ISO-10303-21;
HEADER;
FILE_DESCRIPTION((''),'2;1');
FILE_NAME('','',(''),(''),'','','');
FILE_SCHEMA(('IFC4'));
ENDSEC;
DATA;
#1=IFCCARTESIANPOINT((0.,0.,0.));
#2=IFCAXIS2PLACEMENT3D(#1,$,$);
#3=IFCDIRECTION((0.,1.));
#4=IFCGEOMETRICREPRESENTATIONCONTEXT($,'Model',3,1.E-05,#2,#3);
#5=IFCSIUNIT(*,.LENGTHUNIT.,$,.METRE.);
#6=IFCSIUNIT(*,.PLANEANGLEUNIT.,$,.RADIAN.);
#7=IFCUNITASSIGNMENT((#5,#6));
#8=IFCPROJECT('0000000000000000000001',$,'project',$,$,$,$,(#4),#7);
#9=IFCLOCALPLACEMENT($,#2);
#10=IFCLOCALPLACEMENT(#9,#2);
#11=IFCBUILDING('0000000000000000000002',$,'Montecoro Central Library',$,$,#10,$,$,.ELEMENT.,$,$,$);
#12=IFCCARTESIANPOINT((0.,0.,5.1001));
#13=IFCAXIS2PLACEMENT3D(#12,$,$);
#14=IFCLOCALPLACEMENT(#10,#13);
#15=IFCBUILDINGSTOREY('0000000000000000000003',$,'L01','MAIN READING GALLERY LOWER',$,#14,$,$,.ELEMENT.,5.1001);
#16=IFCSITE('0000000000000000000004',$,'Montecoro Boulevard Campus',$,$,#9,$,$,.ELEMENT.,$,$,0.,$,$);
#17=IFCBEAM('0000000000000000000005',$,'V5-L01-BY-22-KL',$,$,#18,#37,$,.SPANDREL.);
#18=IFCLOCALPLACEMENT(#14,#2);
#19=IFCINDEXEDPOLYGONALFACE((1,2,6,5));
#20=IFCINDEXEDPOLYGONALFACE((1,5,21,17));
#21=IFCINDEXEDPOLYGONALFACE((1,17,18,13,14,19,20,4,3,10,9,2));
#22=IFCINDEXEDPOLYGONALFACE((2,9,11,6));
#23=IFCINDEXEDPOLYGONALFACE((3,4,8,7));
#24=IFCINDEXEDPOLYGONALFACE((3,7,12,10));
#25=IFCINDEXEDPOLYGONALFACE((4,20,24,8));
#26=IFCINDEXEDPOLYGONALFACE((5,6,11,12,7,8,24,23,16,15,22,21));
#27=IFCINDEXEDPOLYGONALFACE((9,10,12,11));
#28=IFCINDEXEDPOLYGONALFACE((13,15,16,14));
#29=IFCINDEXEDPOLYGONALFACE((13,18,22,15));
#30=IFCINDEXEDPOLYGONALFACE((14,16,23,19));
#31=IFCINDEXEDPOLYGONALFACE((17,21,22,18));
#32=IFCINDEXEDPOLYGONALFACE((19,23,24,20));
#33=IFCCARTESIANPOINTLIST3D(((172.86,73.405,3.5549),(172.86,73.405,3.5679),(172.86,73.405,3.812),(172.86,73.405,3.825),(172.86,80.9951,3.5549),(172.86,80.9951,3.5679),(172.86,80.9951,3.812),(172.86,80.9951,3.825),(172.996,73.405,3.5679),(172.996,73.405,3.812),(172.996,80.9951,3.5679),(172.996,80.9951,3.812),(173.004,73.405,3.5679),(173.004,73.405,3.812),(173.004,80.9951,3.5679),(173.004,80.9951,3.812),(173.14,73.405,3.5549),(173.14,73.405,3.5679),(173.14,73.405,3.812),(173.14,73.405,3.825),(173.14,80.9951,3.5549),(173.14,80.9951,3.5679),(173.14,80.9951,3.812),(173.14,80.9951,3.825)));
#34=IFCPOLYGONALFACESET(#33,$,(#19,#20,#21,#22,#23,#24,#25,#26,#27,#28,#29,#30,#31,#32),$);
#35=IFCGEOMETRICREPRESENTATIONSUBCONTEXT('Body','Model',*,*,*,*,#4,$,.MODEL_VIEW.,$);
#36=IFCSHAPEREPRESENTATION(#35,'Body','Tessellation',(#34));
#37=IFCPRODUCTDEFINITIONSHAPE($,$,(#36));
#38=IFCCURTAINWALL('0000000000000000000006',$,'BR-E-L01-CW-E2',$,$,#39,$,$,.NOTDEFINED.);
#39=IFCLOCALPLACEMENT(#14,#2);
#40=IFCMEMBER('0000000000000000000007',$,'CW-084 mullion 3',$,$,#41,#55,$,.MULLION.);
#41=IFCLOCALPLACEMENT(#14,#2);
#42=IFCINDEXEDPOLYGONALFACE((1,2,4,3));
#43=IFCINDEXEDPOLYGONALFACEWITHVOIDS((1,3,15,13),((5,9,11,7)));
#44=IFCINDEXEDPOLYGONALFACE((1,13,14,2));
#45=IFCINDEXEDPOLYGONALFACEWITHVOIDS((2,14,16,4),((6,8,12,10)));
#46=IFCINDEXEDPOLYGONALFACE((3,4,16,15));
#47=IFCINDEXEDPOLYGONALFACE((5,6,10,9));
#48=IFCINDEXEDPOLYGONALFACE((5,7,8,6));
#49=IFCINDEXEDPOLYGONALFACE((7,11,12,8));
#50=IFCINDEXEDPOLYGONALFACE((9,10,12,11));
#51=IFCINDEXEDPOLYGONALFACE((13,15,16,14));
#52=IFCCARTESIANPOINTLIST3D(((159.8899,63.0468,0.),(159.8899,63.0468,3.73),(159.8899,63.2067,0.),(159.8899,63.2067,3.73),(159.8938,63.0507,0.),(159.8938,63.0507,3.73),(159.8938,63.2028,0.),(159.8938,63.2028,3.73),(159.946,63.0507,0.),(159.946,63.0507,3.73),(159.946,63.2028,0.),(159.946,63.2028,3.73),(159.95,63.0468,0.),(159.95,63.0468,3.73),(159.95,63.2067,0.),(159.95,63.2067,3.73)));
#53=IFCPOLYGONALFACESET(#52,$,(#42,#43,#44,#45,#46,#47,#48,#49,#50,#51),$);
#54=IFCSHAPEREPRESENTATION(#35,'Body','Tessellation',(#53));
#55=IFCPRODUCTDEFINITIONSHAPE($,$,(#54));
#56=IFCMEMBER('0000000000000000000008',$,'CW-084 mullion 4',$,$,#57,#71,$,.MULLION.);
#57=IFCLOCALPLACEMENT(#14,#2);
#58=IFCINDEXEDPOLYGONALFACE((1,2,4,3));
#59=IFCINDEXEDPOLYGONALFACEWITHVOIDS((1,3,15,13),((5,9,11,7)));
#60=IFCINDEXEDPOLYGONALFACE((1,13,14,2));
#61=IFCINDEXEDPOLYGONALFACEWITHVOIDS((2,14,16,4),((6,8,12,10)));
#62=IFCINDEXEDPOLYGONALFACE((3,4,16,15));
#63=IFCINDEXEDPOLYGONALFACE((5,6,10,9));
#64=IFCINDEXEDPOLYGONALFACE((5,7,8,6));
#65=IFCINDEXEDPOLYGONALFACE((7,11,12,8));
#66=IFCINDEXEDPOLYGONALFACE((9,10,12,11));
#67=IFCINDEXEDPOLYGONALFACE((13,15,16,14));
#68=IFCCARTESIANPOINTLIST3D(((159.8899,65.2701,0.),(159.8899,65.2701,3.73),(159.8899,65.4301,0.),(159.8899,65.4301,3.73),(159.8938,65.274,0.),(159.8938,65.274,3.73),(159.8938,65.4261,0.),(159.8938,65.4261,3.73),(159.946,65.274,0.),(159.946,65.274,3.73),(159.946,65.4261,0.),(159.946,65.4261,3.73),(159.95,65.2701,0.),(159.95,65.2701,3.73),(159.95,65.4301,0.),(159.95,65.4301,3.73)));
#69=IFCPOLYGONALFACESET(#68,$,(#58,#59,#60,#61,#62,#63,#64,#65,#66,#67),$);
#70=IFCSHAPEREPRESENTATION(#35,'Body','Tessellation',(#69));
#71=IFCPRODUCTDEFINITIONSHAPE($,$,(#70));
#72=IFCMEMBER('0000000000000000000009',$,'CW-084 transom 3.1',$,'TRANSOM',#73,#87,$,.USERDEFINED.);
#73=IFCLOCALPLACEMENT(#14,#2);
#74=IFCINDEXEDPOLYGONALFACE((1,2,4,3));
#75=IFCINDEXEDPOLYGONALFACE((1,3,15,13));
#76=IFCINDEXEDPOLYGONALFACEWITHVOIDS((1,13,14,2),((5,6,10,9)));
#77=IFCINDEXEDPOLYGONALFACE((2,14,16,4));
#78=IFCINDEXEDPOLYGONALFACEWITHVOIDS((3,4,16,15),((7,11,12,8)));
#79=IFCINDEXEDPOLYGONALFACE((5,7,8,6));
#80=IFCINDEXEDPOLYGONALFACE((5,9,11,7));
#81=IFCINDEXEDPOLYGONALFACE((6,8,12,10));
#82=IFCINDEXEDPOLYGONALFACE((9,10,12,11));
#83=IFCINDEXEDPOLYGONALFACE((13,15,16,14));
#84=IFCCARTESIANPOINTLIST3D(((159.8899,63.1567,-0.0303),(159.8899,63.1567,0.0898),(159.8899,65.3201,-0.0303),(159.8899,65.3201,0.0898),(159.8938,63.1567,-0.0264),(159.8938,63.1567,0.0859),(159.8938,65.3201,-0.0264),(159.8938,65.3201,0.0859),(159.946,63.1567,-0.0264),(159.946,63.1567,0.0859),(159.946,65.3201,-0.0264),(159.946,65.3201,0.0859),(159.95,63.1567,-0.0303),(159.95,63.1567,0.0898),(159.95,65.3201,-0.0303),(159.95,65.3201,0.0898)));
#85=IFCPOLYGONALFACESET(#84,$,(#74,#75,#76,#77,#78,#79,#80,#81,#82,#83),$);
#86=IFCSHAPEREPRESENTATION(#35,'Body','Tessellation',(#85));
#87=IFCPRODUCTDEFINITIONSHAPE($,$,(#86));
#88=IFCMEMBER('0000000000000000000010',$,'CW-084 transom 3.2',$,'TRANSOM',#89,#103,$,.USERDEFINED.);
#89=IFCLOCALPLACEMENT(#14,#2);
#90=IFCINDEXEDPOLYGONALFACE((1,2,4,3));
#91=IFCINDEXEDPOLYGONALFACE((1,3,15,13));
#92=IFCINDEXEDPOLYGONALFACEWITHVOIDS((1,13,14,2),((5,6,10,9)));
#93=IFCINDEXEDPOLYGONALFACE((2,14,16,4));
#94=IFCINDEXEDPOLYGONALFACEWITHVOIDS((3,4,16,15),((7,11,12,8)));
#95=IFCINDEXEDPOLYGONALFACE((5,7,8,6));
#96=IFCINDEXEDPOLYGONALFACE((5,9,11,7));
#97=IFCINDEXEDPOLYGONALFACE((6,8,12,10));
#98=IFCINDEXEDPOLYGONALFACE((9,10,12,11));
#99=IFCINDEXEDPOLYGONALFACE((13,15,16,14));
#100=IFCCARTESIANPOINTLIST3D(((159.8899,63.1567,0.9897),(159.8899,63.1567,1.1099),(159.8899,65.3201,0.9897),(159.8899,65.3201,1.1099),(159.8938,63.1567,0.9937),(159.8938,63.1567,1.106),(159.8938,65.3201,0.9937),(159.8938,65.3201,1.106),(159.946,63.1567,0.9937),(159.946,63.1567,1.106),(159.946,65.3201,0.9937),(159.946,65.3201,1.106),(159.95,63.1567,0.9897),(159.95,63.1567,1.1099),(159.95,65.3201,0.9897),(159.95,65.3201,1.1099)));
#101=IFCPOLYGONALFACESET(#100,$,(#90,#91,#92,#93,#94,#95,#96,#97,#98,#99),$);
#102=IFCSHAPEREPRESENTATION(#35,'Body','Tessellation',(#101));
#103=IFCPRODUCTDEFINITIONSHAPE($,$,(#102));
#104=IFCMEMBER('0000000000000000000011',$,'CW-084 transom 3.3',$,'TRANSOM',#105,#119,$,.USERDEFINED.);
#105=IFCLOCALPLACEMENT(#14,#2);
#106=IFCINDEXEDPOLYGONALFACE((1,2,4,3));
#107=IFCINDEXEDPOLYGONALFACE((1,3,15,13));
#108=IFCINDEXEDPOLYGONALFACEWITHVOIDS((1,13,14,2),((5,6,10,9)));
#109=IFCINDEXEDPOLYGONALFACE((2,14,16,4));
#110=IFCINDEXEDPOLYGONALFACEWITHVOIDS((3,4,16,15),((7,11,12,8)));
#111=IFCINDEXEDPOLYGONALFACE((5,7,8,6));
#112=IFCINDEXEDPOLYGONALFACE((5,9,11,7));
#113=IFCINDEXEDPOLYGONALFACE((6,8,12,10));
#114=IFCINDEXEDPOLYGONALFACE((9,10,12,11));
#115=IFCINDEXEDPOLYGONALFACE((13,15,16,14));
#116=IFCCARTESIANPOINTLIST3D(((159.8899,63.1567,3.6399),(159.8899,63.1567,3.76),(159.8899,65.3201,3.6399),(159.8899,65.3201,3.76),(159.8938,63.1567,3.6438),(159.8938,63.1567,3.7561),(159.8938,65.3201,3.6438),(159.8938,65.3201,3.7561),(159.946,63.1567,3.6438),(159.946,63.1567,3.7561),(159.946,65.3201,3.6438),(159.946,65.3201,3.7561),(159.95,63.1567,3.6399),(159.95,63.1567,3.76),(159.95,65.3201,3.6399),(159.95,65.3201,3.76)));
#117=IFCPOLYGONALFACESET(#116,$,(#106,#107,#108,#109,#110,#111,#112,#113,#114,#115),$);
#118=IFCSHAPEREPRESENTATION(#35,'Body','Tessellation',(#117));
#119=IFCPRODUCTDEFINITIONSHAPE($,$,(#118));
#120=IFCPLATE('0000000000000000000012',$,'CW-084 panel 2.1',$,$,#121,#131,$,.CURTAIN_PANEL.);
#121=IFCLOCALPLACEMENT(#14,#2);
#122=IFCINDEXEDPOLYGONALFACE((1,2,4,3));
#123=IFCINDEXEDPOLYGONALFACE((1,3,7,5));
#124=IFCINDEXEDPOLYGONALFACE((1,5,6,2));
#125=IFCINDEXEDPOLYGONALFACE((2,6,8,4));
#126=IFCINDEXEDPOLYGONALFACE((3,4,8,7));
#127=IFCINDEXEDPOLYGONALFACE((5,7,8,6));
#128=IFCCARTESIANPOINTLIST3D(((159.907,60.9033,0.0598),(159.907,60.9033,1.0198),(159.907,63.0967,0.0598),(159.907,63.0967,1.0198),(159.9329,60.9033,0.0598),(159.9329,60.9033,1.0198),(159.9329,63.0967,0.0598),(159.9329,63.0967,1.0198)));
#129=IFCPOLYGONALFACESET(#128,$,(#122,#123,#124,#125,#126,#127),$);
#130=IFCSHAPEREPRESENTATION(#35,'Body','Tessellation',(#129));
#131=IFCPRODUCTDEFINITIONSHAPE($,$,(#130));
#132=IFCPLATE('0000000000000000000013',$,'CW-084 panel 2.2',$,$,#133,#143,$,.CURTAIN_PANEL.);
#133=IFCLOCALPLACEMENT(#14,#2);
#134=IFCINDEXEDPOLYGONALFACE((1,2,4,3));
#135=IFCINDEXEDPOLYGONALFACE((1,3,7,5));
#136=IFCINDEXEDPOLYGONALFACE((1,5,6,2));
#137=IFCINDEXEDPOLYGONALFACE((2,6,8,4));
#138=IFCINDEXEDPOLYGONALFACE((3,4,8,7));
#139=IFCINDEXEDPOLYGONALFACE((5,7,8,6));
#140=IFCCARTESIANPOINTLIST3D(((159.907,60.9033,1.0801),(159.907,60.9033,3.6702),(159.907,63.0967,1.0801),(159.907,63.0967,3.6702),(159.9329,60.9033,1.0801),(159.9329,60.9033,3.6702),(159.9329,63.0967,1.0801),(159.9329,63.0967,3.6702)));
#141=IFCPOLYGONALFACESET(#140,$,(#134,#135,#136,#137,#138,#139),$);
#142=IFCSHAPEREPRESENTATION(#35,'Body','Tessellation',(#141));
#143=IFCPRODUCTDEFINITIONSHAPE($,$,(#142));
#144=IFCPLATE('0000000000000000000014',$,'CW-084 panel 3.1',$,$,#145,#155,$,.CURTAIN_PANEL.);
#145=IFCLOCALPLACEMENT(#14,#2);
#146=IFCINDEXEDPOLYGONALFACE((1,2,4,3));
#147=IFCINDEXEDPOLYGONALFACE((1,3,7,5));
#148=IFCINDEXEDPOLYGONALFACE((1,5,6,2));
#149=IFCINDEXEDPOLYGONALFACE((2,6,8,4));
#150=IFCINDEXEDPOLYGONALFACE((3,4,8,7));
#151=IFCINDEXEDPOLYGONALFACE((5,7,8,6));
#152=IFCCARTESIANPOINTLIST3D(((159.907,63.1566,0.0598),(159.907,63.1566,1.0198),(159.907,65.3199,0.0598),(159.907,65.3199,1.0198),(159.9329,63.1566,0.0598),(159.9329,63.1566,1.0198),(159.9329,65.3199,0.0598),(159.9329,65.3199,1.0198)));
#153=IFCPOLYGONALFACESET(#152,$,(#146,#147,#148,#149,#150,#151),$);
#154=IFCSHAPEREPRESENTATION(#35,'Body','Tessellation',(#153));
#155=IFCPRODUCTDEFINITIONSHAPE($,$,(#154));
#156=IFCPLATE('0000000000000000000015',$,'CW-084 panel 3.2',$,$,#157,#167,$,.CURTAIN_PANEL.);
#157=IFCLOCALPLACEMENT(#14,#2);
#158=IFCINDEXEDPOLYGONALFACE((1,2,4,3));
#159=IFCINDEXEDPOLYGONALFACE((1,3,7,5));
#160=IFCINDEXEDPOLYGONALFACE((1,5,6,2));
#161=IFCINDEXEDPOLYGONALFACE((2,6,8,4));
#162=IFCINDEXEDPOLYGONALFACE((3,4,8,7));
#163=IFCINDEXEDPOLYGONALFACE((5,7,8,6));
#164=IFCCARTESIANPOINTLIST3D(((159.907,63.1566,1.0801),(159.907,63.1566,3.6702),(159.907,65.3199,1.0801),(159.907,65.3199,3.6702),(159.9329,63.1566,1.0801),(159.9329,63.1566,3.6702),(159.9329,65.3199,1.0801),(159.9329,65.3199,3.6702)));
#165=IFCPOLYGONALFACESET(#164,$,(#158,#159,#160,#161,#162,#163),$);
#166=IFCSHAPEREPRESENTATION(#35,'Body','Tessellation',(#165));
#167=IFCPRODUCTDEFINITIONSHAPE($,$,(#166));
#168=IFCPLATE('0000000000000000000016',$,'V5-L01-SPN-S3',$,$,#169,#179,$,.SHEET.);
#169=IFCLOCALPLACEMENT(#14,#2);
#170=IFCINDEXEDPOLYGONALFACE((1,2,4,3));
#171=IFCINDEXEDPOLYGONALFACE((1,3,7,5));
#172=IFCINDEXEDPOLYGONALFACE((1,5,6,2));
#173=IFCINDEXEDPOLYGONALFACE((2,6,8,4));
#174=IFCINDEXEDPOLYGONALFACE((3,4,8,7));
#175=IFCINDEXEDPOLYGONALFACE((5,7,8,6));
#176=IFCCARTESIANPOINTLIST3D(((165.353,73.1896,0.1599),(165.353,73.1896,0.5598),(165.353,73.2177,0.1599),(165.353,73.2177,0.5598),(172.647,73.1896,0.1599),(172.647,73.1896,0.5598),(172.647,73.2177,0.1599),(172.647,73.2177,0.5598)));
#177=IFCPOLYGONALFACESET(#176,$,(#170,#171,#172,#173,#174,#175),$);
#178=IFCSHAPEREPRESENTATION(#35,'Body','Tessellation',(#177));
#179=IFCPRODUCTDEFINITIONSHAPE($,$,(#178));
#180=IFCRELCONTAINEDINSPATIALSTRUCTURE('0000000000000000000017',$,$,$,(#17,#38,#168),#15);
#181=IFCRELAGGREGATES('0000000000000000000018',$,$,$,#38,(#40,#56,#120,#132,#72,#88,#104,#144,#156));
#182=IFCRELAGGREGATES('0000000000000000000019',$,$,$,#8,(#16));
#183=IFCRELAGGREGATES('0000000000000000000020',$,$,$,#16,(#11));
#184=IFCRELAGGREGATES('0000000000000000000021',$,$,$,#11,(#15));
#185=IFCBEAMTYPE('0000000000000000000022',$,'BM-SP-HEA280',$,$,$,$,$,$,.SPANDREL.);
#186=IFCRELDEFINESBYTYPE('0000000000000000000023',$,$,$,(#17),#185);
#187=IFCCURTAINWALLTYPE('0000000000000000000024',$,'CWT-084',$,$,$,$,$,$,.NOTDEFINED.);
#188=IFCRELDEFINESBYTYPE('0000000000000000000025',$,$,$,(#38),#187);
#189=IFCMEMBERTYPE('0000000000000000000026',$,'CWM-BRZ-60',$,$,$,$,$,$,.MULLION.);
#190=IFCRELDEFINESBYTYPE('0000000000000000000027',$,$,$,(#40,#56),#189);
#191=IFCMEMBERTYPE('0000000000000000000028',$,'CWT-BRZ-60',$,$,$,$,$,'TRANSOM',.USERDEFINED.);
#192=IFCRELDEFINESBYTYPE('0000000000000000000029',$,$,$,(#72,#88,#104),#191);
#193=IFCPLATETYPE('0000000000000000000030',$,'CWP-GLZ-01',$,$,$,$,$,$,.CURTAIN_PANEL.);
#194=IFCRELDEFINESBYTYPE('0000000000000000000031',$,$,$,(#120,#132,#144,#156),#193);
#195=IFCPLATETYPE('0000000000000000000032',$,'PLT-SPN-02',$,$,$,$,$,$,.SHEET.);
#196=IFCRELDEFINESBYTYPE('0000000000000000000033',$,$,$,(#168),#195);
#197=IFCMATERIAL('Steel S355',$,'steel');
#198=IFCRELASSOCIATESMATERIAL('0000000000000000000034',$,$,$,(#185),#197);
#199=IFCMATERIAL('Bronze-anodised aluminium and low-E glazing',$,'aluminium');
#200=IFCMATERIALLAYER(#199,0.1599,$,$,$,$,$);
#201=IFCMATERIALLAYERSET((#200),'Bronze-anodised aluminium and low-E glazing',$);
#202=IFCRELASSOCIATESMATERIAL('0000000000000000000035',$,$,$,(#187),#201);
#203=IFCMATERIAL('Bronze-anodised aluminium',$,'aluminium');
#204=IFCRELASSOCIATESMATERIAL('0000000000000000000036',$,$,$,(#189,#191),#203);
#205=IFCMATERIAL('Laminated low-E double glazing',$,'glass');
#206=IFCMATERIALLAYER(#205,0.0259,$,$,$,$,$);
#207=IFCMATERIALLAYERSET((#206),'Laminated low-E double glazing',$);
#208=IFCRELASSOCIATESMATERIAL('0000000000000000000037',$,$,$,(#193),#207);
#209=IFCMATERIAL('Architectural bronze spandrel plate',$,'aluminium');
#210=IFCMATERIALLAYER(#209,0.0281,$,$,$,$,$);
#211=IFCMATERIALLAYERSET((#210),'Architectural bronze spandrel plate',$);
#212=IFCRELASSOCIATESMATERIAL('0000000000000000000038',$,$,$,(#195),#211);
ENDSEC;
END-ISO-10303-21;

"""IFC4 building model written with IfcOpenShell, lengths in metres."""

from ifc_helpers import new_model, si_unit, direction, frame, origin, origin_2d, place, context, subcontext, project, spatial, rectangle, hollow_rectangle, i_section, extrude, material, layer, layer_set, material_profile, profile_set, type_object, element, aggregate, save


model = new_model("IFC4")

# Units and contexts
model_context = context("Model", 3, precision=1e-05, world=origin(), true_north=direction((0.0, 1.0)))
body_context = subcontext(model_context, "Body", "Model", "MODEL_VIEW")
ifc_project = project(units=[si_unit("LENGTHUNIT", "METRE"), si_unit("PLANEANGLEUNIT", "RADIAN")], contexts=[model_context])

# Site, building, storey
site_placement = place(None, origin())
site = spatial("IfcSite", under=ifc_project, at=site_placement, Name="Montecoro Boulevard Campus", CompositionType="ELEMENT", RefElevation=0.0)
building_placement = place(site_placement, origin())
building = spatial("IfcBuilding", under=site, at=building_placement, Name="Montecoro Central Library", CompositionType="ELEMENT")
storey_placement = place(building_placement, frame((0.0, 0.0, 5.1001)))
storey = spatial("IfcBuildingStorey", under=building, at=storey_placement, Name="L01", Description="MAIN READING GALLERY LOWER", CompositionType="ELEMENT", Elevation=5.1001)

# Shared definitions
ifc_material_1 = material(Name="Steel S355", Category="steel")

# Beam
ifc_material_profile_1 = material_profile(ifc_material_1, i_section(OverallWidth=0.28, OverallDepth=0.27, WebThickness=0.0081, FlangeThickness=0.0129, at=origin_2d()), Name="HEA 280")
ifc_profile_set_1 = profile_set([ifc_material_profile_1], Name="Steel S355")
beam_type_1 = type_object("IfcBeamType", Name="BM-SP-HEA280", PredefinedType="SPANDREL", material=ifc_profile_set_1)
beam_1_placement = place(storey_placement, frame((173.0, 73.405, 3.6899), z_axis=(0.0, 1.0, 0.0), x_axis=(-1.0, 0.0, 0.0)))
element("IfcBeam", 1, at=beam_1_placement, inside=storey, type_object=beam_type_1, Name="V5-L01-BY-22-KL", PredefinedType="SPANDREL", context=body_context, shape_type="SweptSolid", body=[
    extrude(i_section(OverallWidth=0.28, OverallDepth=0.27, WebThickness=0.0081, FlangeThickness=0.0129, at=origin_2d()), origin(), (0.0, 0.0, 1.0), 7.5901),
])

# Curtain wall, members, plates
ifc_material_2 = material(Name="Bronze-anodised aluminium and low-E glazing", Category="aluminium")
ifc_layer_1 = layer(ifc_material_2, 0.1599)
ifc_layer_set_1 = layer_set([ifc_layer_1], Name="Bronze-anodised aluminium and low-E glazing")
curtain_wall_type = type_object("IfcCurtainWallType", Name="CWT-084", PredefinedType="NOTDEFINED", material=ifc_layer_set_1)
curtain_wall_placement = place(storey_placement, origin())
curtain_wall = element("IfcCurtainWall", 2, at=curtain_wall_placement, inside=storey, type_object=curtain_wall_type, Name="BR-E-L01-CW-E2", PredefinedType="NOTDEFINED")
ifc_material_3 = material(Name="Bronze-anodised aluminium", Category="aluminium")
ifc_material_profile_2 = material_profile(ifc_material_3, hollow_rectangle(XDim=0.0601, YDim=0.1599, WallThickness=0.0039, at=origin_2d()), Name="CWM 160x60x4.0")
ifc_profile_set_2 = profile_set([ifc_material_profile_2], Name="Bronze-anodised aluminium")
member_type_1 = type_object("IfcMemberType", Name="CWM-BRZ-60", PredefinedType="MULLION", material=ifc_profile_set_2)
member_1_placement = place(storey_placement, frame((159.9199, 63.1267, 0.0), z_axis=(0.0, 0.0, 1.0), x_axis=(-1.0, 0.0, 0.0)))
member_1 = element("IfcMember", 3, at=member_1_placement, type_object=member_type_1, Name="CW-084 mullion 3", PredefinedType="MULLION", context=body_context, shape_type="SweptSolid", body=[
    extrude(hollow_rectangle(XDim=0.0601, YDim=0.1599, WallThickness=0.0039, at=origin_2d()), origin(), (0.0, 0.0, 1.0), 3.73),
])
member_2_placement = place(storey_placement, frame((159.9199, 65.3501, 0.0), z_axis=(0.0, 0.0, 1.0), x_axis=(-1.0, 0.0, 0.0)))
member_2 = element("IfcMember", 4, at=member_2_placement, type_object=member_type_1, Name="CW-084 mullion 4", PredefinedType="MULLION", context=body_context, shape_type="SweptSolid", body=[
    extrude(hollow_rectangle(XDim=0.0601, YDim=0.1599, WallThickness=0.0039, at=origin_2d()), origin(), (0.0, 0.0, 1.0), 3.73),
])
ifc_material_profile_3 = material_profile(ifc_material_3, hollow_rectangle(XDim=0.0601, YDim=0.1201, WallThickness=0.0039, at=origin_2d()), Name="CWT 120x60x4.0")
ifc_profile_set_3 = profile_set([ifc_material_profile_3], Name="Bronze-anodised aluminium")
member_type_2 = type_object("IfcMemberType", Name="CWT-BRZ-60", ElementType="TRANSOM", PredefinedType="USERDEFINED", material=ifc_profile_set_3)
member_3_placement = place(storey_placement, frame((159.9199, 63.1567, 0.0298), z_axis=(0.0, 1.0, 0.0), x_axis=(-1.0, 0.0, 0.0)))
member_3 = element("IfcMember", 5, at=member_3_placement, type_object=member_type_2, Name="CW-084 transom 3.1", ObjectType="TRANSOM", PredefinedType="USERDEFINED", context=body_context, shape_type="SweptSolid", body=[
    extrude(hollow_rectangle(XDim=0.0601, YDim=0.1201, WallThickness=0.0039, at=origin_2d()), origin(), (0.0, 0.0, 1.0), 2.1633),
])
member_4_placement = place(storey_placement, frame((159.9199, 63.1567, 1.0498), z_axis=(0.0, 1.0, 0.0), x_axis=(-1.0, 0.0, 0.0)))
member_4 = element("IfcMember", 6, at=member_4_placement, type_object=member_type_2, Name="CW-084 transom 3.2", ObjectType="TRANSOM", PredefinedType="USERDEFINED", context=body_context, shape_type="SweptSolid", body=[
    extrude(hollow_rectangle(XDim=0.0601, YDim=0.1201, WallThickness=0.0039, at=origin_2d()), origin(), (0.0, 0.0, 1.0), 2.1633),
])
member_5_placement = place(storey_placement, frame((159.9199, 63.1567, 3.7), z_axis=(0.0, 1.0, 0.0), x_axis=(-1.0, 0.0, 0.0)))
member_5 = element("IfcMember", 7, at=member_5_placement, type_object=member_type_2, Name="CW-084 transom 3.3", ObjectType="TRANSOM", PredefinedType="USERDEFINED", context=body_context, shape_type="SweptSolid", body=[
    extrude(hollow_rectangle(XDim=0.0601, YDim=0.1201, WallThickness=0.0039, at=origin_2d()), origin(), (0.0, 0.0, 1.0), 2.1633),
])
ifc_material_4 = material(Name="Laminated low-E double glazing", Category="glass")
ifc_layer_2 = layer(ifc_material_4, 0.0259)
ifc_layer_set_2 = layer_set([ifc_layer_2], Name="Laminated low-E double glazing")
plate_type_1 = type_object("IfcPlateType", Name="CWP-GLZ-01", PredefinedType="CURTAIN_PANEL", material=ifc_layer_set_2)
plate_1_placement = place(storey_placement, frame((159.9199, 62.0, 0.0598), z_axis=(0.0, 0.0, 1.0), x_axis=(0.0, 1.0, 0.0)))
plate_1 = element("IfcPlate", 8, at=plate_1_placement, type_object=plate_type_1, Name="CW-084 panel 2.1", PredefinedType="CURTAIN_PANEL", context=body_context, shape_type="SweptSolid", body=[
    extrude(rectangle(XDim=2.1934, YDim=0.0259, at=origin_2d()), origin(), (0.0, 0.0, 1.0), 0.96),
])
plate_2_placement = place(storey_placement, frame((159.9199, 62.0, 1.0801), z_axis=(0.0, 0.0, 1.0), x_axis=(0.0, 1.0, 0.0)))
plate_2 = element("IfcPlate", 9, at=plate_2_placement, type_object=plate_type_1, Name="CW-084 panel 2.2", PredefinedType="CURTAIN_PANEL", context=body_context, shape_type="SweptSolid", body=[
    extrude(rectangle(XDim=2.1934, YDim=0.0259, at=origin_2d()), origin(), (0.0, 0.0, 1.0), 2.5901),
])
plate_3_placement = place(storey_placement, frame((159.9199, 64.2383, 0.0598), z_axis=(0.0, 0.0, 1.0), x_axis=(0.0, 1.0, 0.0)))
plate_3 = element("IfcPlate", 10, at=plate_3_placement, type_object=plate_type_1, Name="CW-084 panel 3.1", PredefinedType="CURTAIN_PANEL", context=body_context, shape_type="SweptSolid", body=[
    extrude(rectangle(XDim=2.1633, YDim=0.0259, at=origin_2d()), origin(), (0.0, 0.0, 1.0), 0.96),
])
plate_4_placement = place(storey_placement, frame((159.9199, 64.2383, 1.0801), z_axis=(0.0, 0.0, 1.0), x_axis=(0.0, 1.0, 0.0)))
plate_4 = element("IfcPlate", 11, at=plate_4_placement, type_object=plate_type_1, Name="CW-084 panel 3.2", PredefinedType="CURTAIN_PANEL", context=body_context, shape_type="SweptSolid", body=[
    extrude(rectangle(XDim=2.1633, YDim=0.0259, at=origin_2d()), origin(), (0.0, 0.0, 1.0), 2.5901),
])
aggregate(curtain_wall, [member_1, member_2, plate_1, plate_2, member_3, member_4, member_5, plate_3, plate_4])

# Plate
ifc_material_5 = material(Name="Architectural bronze spandrel plate", Category="aluminium")
ifc_layer_3 = layer(ifc_material_5, 0.0281)
ifc_layer_set_3 = layer_set([ifc_layer_3], Name="Architectural bronze spandrel plate")
plate_type_2 = type_object("IfcPlateType", Name="PLT-SPN-02", PredefinedType="SHEET", material=ifc_layer_set_3)
plate_5_placement = place(storey_placement, frame((169.0, 73.2036, 0.1599), z_axis=(0.0, 0.0, 1.0), x_axis=(1.0, 0.0, 0.0)))
element("IfcPlate", 12, at=plate_5_placement, inside=storey, type_object=plate_type_2, Name="V5-L01-SPN-S3", PredefinedType="SHEET", context=body_context, shape_type="SweptSolid", body=[
    extrude(rectangle(XDim=7.2939, YDim=0.0281, at=origin_2d()), origin(), (0.0, 0.0, 1.0), 0.3999),
])

save(model, "model.ifc")
